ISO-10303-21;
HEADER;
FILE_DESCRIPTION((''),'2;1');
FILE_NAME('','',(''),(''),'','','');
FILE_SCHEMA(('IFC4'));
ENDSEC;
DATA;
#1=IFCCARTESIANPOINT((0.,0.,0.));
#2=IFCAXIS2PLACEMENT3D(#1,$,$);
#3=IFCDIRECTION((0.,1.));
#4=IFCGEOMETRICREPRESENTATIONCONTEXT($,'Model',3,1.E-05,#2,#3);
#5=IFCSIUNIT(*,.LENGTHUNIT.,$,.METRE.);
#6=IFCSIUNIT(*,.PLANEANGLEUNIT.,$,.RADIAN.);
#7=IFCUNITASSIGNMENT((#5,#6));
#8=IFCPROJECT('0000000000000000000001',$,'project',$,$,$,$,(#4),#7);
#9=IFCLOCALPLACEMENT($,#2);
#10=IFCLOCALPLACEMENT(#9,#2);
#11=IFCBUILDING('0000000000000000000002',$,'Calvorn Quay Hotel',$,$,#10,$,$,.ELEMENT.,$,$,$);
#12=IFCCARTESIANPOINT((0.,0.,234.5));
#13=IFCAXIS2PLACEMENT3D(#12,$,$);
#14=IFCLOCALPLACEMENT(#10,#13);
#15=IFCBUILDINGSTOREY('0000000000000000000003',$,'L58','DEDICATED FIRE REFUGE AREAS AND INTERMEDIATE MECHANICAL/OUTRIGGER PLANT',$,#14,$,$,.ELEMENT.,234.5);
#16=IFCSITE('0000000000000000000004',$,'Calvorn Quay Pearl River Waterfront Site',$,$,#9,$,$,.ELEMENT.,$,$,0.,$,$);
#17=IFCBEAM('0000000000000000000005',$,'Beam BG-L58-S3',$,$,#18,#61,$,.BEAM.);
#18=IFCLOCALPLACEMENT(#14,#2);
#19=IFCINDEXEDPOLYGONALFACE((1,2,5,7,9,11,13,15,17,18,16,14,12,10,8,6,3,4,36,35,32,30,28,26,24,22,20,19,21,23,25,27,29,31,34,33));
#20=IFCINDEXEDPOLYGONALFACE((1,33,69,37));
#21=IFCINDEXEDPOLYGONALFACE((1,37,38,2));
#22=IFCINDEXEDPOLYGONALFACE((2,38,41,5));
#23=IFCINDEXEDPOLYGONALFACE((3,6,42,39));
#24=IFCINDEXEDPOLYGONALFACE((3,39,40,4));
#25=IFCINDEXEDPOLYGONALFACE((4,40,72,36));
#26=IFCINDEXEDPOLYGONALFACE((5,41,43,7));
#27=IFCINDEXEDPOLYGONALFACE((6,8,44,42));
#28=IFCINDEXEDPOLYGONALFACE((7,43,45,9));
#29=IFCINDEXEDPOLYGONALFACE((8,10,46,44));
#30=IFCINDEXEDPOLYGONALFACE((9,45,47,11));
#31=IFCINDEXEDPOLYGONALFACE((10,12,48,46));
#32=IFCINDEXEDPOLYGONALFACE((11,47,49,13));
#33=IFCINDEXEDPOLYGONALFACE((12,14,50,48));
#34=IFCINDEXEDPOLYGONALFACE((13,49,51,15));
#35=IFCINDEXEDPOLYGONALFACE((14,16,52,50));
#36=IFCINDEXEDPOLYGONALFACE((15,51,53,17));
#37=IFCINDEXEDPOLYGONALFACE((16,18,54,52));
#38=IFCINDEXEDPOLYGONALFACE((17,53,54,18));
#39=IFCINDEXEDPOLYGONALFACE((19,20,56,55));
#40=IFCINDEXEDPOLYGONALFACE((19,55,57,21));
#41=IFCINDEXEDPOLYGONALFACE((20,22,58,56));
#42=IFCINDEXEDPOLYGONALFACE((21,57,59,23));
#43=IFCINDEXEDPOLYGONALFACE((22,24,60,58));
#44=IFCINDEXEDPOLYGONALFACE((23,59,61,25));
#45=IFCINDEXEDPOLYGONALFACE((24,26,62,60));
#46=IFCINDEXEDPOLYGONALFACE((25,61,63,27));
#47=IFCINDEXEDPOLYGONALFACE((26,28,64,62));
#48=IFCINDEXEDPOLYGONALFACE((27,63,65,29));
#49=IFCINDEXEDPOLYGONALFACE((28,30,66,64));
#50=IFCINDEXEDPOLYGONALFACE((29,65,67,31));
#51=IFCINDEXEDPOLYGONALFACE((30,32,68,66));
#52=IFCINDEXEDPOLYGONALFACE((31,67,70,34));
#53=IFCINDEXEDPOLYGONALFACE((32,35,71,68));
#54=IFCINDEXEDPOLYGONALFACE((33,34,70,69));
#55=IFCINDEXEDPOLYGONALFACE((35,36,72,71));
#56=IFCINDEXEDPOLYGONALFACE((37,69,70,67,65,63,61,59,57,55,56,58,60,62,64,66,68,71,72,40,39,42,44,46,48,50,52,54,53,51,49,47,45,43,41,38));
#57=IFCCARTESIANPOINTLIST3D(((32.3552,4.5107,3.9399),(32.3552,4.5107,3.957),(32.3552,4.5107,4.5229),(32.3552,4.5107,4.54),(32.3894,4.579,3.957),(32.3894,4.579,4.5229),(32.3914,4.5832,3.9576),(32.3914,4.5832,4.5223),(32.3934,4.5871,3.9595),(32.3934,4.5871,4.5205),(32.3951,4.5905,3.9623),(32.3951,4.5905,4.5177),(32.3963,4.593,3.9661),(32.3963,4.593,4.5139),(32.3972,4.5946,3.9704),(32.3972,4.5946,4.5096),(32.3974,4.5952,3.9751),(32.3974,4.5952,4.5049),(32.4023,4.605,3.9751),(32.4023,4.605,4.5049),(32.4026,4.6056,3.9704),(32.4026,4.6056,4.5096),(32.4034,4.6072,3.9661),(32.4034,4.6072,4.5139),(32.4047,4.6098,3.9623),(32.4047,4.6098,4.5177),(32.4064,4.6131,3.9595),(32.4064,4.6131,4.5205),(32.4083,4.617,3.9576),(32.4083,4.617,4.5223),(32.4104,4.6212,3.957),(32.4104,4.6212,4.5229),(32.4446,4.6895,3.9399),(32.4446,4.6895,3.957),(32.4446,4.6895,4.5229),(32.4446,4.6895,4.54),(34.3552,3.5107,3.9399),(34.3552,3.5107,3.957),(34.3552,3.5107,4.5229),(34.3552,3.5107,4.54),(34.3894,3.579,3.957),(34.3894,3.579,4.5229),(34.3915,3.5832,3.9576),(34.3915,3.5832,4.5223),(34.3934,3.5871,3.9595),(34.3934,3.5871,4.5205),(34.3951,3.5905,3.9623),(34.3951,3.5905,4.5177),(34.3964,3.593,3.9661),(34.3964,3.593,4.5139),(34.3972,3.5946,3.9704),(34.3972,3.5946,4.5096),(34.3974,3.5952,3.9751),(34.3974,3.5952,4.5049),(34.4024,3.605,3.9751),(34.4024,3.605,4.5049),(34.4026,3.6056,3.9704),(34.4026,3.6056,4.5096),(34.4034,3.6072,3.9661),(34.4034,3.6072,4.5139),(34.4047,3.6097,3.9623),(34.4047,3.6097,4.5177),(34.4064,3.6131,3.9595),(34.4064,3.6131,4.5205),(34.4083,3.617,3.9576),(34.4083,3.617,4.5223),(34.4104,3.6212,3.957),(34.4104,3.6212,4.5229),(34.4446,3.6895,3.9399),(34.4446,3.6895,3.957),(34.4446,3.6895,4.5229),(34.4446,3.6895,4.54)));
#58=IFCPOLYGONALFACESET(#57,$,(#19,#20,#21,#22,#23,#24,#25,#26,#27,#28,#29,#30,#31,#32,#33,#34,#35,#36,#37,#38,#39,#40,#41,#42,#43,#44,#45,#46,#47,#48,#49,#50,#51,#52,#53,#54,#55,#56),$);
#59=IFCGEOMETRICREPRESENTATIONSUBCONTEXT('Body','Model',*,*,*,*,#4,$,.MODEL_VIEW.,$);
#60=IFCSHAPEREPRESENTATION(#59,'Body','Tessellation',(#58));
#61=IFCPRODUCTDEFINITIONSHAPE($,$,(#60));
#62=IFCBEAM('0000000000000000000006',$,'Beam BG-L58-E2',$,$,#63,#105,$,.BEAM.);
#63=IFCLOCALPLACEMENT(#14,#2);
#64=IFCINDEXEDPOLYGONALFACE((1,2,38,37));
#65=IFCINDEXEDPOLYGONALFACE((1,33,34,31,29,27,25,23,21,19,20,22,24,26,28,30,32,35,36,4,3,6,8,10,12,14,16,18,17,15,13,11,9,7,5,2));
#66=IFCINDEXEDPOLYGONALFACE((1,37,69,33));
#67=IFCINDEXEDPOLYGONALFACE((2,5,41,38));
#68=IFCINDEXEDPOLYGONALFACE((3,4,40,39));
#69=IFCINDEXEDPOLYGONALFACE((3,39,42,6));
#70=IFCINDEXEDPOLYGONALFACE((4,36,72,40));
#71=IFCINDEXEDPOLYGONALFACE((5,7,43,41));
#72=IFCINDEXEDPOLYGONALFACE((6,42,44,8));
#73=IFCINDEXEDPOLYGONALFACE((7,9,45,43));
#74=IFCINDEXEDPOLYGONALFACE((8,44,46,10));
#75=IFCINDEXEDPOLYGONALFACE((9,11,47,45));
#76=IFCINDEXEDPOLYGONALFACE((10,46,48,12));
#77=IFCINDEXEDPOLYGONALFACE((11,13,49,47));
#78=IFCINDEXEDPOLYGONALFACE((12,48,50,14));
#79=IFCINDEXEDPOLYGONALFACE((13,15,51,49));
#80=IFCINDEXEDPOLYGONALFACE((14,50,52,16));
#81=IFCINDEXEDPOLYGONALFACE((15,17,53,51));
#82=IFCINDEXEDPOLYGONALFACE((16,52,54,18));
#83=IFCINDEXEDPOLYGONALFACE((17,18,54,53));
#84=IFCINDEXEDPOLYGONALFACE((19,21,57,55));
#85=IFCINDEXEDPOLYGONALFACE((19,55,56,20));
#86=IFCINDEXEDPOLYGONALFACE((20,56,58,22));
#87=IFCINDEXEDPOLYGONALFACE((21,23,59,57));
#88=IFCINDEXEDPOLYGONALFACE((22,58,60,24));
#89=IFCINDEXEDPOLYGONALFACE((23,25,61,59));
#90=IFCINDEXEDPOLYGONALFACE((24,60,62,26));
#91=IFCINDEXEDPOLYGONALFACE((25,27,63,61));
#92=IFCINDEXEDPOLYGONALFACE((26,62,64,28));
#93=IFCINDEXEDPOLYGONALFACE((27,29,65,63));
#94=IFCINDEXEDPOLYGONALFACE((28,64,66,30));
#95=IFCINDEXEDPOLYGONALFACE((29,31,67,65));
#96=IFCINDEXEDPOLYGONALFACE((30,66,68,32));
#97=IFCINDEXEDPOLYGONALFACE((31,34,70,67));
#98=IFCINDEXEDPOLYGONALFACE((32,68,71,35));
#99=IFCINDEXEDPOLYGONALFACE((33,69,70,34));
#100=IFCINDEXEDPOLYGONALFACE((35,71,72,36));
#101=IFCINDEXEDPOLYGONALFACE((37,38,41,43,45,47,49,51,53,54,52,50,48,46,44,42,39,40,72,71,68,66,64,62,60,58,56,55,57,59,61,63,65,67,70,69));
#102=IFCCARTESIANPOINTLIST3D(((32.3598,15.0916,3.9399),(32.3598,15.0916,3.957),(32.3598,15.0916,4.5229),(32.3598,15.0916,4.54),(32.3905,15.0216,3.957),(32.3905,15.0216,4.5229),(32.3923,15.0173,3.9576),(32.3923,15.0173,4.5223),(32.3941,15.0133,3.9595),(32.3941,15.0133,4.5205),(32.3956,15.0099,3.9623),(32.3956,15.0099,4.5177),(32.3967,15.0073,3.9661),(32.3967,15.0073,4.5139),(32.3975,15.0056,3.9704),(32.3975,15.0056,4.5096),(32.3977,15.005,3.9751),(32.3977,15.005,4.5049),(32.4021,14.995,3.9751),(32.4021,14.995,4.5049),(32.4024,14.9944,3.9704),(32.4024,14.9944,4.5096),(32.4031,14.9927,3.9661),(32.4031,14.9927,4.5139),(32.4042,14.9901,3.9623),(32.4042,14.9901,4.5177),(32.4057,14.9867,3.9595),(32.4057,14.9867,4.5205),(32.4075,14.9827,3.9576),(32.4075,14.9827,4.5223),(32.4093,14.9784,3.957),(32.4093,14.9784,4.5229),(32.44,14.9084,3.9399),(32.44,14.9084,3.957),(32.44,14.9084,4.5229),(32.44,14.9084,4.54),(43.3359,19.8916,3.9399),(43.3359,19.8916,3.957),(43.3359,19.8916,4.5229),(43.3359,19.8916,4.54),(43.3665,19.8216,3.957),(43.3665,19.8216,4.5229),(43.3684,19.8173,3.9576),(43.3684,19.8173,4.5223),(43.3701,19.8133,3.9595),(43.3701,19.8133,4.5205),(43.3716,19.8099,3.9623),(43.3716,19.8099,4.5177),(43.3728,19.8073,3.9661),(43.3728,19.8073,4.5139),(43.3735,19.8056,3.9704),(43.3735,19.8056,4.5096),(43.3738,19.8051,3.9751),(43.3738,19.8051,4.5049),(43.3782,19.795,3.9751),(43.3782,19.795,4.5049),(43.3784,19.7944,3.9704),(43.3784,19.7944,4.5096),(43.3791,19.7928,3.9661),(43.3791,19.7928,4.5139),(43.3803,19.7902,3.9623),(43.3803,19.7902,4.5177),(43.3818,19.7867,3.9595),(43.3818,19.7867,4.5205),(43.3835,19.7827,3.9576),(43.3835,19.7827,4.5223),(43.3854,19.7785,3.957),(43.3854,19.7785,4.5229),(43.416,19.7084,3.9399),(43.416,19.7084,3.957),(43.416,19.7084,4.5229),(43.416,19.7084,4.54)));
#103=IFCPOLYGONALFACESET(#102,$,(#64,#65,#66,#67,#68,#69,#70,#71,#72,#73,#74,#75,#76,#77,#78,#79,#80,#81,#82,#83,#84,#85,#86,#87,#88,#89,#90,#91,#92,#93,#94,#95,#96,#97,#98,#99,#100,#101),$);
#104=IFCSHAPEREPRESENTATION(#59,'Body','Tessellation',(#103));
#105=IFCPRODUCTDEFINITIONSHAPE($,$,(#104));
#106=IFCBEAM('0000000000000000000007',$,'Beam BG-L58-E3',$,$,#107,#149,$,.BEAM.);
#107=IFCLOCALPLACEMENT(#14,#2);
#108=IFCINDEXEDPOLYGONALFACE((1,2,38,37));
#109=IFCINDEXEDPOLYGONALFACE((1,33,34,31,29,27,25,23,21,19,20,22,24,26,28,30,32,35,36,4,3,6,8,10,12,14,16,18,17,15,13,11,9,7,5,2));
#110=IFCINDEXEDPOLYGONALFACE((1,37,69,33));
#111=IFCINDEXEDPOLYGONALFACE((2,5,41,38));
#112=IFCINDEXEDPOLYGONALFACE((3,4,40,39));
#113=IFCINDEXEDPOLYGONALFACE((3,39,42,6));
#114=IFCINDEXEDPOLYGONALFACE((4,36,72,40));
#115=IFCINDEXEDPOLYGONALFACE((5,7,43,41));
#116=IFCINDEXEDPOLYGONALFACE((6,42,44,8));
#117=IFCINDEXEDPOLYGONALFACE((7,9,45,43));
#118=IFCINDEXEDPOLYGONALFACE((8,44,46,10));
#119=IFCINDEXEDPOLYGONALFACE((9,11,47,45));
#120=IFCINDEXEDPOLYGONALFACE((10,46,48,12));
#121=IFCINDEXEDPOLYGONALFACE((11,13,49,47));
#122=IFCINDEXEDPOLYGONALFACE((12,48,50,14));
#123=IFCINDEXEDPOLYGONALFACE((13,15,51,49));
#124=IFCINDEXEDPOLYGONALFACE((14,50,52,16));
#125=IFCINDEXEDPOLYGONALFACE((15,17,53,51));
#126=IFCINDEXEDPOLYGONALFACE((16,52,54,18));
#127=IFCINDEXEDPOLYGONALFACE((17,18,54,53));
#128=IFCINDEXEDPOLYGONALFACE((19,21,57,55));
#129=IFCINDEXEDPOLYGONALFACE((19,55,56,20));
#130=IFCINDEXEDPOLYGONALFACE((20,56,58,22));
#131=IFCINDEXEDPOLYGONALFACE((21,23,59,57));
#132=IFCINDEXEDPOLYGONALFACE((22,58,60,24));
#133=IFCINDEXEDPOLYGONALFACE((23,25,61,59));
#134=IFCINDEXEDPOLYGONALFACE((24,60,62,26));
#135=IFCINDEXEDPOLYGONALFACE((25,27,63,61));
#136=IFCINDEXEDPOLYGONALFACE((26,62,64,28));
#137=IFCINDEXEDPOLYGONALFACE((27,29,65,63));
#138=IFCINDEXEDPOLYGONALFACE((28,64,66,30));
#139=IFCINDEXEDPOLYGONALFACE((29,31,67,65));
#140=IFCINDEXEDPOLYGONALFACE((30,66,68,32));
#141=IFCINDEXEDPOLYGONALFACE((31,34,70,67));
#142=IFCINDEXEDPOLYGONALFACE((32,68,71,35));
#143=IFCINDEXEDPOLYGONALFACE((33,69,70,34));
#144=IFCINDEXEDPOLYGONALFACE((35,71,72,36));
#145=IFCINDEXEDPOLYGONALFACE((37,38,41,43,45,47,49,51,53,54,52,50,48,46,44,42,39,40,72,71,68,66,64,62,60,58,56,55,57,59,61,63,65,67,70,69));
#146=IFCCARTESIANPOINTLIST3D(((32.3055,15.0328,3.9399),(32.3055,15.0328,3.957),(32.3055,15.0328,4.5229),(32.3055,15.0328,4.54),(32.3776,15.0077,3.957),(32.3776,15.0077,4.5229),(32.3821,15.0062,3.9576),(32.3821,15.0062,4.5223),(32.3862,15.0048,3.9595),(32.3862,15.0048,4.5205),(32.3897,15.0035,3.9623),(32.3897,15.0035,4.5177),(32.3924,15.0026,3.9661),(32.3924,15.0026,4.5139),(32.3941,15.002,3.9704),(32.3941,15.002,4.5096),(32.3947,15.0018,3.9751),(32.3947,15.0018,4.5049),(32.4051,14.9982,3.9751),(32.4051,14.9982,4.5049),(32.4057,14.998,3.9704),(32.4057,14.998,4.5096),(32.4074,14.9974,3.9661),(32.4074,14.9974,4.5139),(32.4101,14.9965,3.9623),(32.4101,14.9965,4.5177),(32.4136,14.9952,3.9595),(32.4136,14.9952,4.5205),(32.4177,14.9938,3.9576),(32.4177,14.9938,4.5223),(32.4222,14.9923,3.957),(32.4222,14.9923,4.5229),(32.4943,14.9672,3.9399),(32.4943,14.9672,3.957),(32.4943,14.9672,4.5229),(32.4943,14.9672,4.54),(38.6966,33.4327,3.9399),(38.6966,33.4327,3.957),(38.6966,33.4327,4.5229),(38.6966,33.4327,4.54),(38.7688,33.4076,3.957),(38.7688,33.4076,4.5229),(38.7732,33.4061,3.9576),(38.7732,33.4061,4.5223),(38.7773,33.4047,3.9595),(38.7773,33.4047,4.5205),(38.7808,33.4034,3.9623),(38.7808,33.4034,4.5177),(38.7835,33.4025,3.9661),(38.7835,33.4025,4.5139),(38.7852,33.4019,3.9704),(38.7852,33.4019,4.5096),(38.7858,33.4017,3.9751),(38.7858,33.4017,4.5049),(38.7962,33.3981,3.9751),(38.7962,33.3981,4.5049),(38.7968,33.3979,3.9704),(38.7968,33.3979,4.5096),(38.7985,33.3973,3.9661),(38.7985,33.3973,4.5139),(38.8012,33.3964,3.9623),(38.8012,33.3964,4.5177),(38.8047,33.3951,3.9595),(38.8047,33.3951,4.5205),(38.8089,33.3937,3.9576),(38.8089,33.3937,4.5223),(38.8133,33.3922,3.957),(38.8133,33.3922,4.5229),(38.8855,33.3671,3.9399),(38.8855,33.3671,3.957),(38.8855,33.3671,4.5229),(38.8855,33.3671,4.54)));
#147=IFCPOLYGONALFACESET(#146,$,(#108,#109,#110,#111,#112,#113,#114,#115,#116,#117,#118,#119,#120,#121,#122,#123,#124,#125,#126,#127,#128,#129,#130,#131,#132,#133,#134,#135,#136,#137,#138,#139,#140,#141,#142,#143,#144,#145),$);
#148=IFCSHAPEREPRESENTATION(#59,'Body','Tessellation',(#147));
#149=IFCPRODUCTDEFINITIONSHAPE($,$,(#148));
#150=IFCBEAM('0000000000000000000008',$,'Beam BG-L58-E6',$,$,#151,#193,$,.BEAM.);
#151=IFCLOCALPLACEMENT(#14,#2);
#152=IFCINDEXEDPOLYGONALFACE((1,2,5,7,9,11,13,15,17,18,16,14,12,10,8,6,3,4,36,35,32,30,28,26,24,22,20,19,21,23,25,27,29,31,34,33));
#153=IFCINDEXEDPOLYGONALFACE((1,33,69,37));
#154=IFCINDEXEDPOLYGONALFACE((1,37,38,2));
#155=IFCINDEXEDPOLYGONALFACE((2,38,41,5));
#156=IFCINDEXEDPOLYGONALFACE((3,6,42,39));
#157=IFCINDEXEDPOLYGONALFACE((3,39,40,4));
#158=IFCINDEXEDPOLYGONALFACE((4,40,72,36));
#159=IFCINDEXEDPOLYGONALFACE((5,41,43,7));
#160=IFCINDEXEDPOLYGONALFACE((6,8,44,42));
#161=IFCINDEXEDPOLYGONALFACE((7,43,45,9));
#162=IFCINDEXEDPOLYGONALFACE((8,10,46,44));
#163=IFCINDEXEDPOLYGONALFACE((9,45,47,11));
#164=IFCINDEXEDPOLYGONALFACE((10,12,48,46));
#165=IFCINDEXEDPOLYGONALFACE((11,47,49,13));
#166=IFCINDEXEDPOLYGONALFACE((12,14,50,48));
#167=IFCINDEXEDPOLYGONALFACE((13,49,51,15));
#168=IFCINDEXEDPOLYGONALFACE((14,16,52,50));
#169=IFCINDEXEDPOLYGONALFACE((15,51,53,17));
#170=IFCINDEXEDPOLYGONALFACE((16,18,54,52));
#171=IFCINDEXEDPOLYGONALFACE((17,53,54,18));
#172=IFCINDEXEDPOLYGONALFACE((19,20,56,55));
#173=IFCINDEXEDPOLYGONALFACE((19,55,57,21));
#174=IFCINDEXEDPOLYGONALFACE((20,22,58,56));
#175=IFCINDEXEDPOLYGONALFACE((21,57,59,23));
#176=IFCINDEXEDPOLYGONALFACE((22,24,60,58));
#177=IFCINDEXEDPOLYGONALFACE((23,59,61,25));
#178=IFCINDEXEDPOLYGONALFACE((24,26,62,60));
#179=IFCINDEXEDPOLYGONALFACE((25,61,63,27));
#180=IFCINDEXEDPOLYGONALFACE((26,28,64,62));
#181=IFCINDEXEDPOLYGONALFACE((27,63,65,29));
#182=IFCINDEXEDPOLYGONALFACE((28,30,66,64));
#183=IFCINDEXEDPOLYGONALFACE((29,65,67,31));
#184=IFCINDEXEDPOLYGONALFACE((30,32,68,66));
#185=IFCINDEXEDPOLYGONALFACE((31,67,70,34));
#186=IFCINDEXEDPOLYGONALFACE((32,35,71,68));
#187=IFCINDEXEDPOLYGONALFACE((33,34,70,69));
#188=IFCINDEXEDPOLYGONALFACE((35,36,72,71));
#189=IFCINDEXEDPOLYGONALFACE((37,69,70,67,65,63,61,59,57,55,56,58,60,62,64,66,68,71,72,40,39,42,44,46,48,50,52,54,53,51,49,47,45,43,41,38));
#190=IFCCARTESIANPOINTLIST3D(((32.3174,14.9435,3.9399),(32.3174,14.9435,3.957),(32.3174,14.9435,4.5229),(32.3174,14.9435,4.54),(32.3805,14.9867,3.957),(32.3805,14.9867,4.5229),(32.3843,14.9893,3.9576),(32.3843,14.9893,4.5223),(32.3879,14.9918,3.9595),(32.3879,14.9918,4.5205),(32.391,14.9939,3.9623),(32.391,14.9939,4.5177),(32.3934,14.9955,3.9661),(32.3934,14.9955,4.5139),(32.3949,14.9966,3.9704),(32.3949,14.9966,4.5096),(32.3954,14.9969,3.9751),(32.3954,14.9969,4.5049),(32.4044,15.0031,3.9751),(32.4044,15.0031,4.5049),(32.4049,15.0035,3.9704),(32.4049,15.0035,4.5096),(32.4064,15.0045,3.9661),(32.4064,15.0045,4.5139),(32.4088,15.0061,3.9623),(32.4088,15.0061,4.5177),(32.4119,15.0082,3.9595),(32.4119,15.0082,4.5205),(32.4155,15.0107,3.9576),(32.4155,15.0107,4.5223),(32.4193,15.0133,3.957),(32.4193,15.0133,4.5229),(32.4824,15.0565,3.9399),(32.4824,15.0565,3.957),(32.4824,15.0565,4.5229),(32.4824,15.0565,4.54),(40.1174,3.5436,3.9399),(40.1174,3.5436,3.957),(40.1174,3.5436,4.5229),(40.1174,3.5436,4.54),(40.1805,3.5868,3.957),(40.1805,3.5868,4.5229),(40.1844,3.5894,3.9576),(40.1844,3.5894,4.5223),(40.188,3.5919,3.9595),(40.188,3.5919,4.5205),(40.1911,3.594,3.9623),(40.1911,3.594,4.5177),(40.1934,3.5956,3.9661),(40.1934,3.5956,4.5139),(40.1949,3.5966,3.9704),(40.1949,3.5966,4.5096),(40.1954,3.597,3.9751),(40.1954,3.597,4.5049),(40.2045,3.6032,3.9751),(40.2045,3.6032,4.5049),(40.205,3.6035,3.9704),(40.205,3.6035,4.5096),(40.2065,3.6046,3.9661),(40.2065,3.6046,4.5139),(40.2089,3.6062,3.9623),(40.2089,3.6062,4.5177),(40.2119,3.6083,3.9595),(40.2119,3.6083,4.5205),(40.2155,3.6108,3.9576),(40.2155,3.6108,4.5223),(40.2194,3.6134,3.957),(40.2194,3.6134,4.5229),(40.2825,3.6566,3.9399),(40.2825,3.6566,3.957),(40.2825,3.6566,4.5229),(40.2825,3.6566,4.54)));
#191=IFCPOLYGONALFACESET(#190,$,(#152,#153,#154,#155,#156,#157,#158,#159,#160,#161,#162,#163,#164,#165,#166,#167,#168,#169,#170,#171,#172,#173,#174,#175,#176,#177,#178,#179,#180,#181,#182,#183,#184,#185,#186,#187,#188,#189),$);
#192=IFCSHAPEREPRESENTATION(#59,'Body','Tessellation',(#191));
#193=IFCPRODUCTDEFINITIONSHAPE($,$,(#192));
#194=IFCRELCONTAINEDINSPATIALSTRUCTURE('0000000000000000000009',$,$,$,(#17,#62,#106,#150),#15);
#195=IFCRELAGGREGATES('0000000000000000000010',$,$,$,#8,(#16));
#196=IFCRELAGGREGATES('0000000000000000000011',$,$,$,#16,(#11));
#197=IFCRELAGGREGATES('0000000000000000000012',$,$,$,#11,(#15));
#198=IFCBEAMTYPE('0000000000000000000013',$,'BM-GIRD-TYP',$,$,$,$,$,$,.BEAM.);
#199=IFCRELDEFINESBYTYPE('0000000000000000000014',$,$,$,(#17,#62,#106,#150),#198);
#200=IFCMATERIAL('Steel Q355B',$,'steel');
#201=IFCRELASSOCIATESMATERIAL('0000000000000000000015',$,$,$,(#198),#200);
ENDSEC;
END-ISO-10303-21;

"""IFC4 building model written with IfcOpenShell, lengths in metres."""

from ifc_helpers import new_model, si_unit, direction, frame, origin, origin_2d, place, context, subcontext, project, spatial, i_section, extrude, material, material_profile, profile_set, type_object, element, save


model = new_model("IFC4")

# Units and contexts
model_context = context("Model", 3, precision=1e-05, world=origin(), true_north=direction((0.0, 1.0)))
body_context = subcontext(model_context, "Body", "Model", "MODEL_VIEW")
ifc_project = project(units=[si_unit("LENGTHUNIT", "METRE"), si_unit("PLANEANGLEUNIT", "RADIAN")], contexts=[model_context])

# Site, building, storey
site_placement = place(None, origin())
site = spatial("IfcSite", under=ifc_project, at=site_placement, Name="Calvorn Quay Pearl River Waterfront Site", CompositionType="ELEMENT", RefElevation=0.0)
building_placement = place(site_placement, origin())
building = spatial("IfcBuilding", under=site, at=building_placement, Name="Calvorn Quay Hotel", CompositionType="ELEMENT")
storey_placement = place(building_placement, frame((0.0, 0.0, 234.5)))
storey = spatial("IfcBuildingStorey", under=building, at=storey_placement, Name="L58", Description="DEDICATED FIRE REFUGE AREAS AND INTERMEDIATE MECHANICAL/OUTRIGGER PLANT", CompositionType="ELEMENT", Elevation=234.5)

# Beams
ifc_material_1 = material(Name="Steel Q355B", Category="steel")
ifc_material_profile_1 = material_profile(ifc_material_1, i_section(OverallWidth=0.2, OverallDepth=0.6001, WebThickness=0.011, FlangeThickness=0.0171, FilletRadius=0.0181, at=origin_2d()), Name="HN600x200x11x17")
ifc_profile_set_1 = profile_set([ifc_material_profile_1], Name="Steel Q355B")
beam_type_1 = type_object("IfcBeamType", Name="BM-GIRD-TYP", PredefinedType="BEAM", material=ifc_profile_set_1)
beam_1_placement = place(storey_placement, frame((34.3999, 3.6001, 4.24), z_axis=(-0.894427, 0.447214, 0.0), x_axis=(-0.447214, -0.894427, 0.0)))
element("IfcBeam", 1, at=beam_1_placement, inside=storey, type_object=beam_type_1, Name="Beam BG-L58-S3", PredefinedType="BEAM", context=body_context, shape_type="SweptSolid", body=[
    extrude(i_section(OverallWidth=0.2, OverallDepth=0.6001, WebThickness=0.011, FlangeThickness=0.0171, FilletRadius=0.0181, at=origin_2d()), origin(), (0.0, 0.0, 1.0), 2.2361),
])
beam_2_placement = place(storey_placement, frame((32.3999, 15.0, 4.24), z_axis=(0.916218, 0.40068, 0.0), x_axis=(-0.40068, 0.916218, 0.0)))
element("IfcBeam", 2, at=beam_2_placement, inside=storey, type_object=beam_type_1, Name="Beam BG-L58-E2", PredefinedType="BEAM", context=body_context, shape_type="SweptSolid", body=[
    extrude(i_section(OverallWidth=0.2, OverallDepth=0.6001, WebThickness=0.011, FlangeThickness=0.0171, FilletRadius=0.0181, at=origin_2d()), origin(), (0.0, 0.0, 1.0), 11.9797),
])
beam_3_placement = place(storey_placement, frame((32.3999, 15.0, 4.24), z_axis=(0.328115, 0.944638, 0.0), x_axis=(-0.944638, 0.328115, 0.0)))
element("IfcBeam", 3, at=beam_3_placement, inside=storey, type_object=beam_type_1, Name="Beam BG-L58-E3", PredefinedType="BEAM", context=body_context, shape_type="SweptSolid", body=[
    extrude(i_section(OverallWidth=0.2, OverallDepth=0.6001, WebThickness=0.011, FlangeThickness=0.0171, FilletRadius=0.0181, at=origin_2d()), origin(), (0.0, 0.0, 1.0), 19.4783),
])
beam_4_placement = place(storey_placement, frame((40.2, 3.6001, 4.24), z_axis=(-0.56469, 0.825303, 0.0), x_axis=(-0.825303, -0.56469, 0.0)))
element("IfcBeam", 4, at=beam_4_placement, inside=storey, type_object=beam_type_1, Name="Beam BG-L58-E6", PredefinedType="BEAM", context=body_context, shape_type="SweptSolid", body=[
    extrude(i_section(OverallWidth=0.2, OverallDepth=0.6001, WebThickness=0.011, FlangeThickness=0.0171, FilletRadius=0.0181, at=origin_2d()), origin(), (0.0, 0.0, 1.0), 13.813),
])

save(model, "model.ifc")
